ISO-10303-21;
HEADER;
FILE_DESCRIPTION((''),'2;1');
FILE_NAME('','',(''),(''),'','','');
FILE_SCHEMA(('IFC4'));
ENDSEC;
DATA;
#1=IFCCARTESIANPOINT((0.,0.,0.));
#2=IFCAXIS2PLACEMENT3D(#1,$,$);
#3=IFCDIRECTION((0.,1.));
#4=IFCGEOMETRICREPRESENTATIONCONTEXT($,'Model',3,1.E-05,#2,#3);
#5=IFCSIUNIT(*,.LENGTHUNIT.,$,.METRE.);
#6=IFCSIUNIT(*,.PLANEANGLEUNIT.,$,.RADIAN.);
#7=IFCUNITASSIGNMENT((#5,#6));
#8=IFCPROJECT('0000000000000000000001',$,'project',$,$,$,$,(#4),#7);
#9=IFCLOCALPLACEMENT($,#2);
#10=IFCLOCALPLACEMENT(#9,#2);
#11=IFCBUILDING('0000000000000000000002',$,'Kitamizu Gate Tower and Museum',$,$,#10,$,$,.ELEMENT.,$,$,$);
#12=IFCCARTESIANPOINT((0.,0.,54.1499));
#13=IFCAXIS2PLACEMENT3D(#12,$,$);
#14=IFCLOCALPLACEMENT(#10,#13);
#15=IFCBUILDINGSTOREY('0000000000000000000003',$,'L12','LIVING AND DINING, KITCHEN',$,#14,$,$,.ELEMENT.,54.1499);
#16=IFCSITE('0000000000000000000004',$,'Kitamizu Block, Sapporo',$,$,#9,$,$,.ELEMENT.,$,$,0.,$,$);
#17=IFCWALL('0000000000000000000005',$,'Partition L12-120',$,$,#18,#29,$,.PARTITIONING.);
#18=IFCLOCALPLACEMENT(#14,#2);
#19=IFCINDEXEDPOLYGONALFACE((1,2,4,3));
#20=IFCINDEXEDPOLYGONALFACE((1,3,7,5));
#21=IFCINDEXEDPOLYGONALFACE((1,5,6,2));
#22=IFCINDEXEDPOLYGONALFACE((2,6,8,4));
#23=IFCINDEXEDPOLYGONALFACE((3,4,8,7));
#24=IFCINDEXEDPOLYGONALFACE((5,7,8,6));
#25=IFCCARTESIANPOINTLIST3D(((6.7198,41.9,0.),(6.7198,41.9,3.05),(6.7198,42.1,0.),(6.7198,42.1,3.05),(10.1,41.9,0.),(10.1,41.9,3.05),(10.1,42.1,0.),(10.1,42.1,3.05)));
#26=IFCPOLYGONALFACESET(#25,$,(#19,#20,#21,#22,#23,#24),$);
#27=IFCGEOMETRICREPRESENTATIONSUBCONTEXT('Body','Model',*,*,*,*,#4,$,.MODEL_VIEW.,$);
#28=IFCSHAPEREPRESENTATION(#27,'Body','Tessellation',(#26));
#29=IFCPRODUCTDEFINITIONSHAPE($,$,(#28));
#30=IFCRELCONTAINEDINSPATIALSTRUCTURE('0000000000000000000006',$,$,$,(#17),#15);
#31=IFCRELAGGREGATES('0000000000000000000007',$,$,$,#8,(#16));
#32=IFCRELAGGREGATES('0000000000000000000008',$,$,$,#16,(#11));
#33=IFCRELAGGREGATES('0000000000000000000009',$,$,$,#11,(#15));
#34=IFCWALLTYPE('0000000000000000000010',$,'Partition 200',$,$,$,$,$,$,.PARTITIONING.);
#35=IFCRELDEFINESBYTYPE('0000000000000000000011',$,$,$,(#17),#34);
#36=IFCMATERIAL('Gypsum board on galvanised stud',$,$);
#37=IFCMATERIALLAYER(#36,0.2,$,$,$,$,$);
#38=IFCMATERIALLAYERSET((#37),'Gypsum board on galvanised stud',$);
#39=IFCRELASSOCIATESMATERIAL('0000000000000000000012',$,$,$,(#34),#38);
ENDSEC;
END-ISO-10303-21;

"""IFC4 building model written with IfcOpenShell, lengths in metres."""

from ifc_helpers import new_model, si_unit, direction, frame, frame_2d, origin, place, context, subcontext, project, spatial, rectangle, extrude, material, layer, layer_set, type_object, element, save


model = new_model("IFC4")

# Units and contexts
model_context = context("Model", 3, precision=1e-05, world=origin(), true_north=direction((0.0, 1.0)))
body_context = subcontext(model_context, "Body", "Model", "MODEL_VIEW")
ifc_project = project(units=[si_unit("LENGTHUNIT", "METRE"), si_unit("PLANEANGLEUNIT", "RADIAN")], contexts=[model_context])

# Site, building, storey
site_placement = place(None, origin())
site = spatial("IfcSite", under=ifc_project, at=site_placement, Name="Kitamizu Block, Sapporo", CompositionType="ELEMENT", RefElevation=0.0)
building_placement = place(site_placement, origin())
building = spatial("IfcBuilding", under=site, at=building_placement, Name="Kitamizu Gate Tower and Museum", CompositionType="ELEMENT")
storey_placement = place(building_placement, frame((0.0, 0.0, 54.1499)))
storey = spatial("IfcBuildingStorey", under=building, at=storey_placement, Name="L12", Description="LIVING AND DINING, KITCHEN", CompositionType="ELEMENT", Elevation=54.1499)

# Wall
ifc_material_1 = material(Name="Gypsum board on galvanised stud")
ifc_layer_1 = layer(ifc_material_1, 0.2)
ifc_layer_set_1 = layer_set([ifc_layer_1], Name="Gypsum board on galvanised stud")
wall_type_1 = type_object("IfcWallType", Name="Partition 200", PredefinedType="PARTITIONING", material=ifc_layer_set_1)
wall_1_placement = place(storey_placement, frame((6.72, 42.0, 0.0), z_axis=(0.0, 0.0, 1.0), x_axis=(1.0, 0.0, 0.0)))
element("IfcWall", 1, at=wall_1_placement, inside=storey, type_object=wall_type_1, Name="Partition L12-120", PredefinedType="PARTITIONING", context=body_context, shape_type="SweptSolid", body=[
    extrude(rectangle(XDim=3.3801, YDim=0.2, at=frame_2d((1.6899, 0.0))), origin(), (0.0, 0.0, 1.0), 3.05),
])

save(model, "model.ifc")
